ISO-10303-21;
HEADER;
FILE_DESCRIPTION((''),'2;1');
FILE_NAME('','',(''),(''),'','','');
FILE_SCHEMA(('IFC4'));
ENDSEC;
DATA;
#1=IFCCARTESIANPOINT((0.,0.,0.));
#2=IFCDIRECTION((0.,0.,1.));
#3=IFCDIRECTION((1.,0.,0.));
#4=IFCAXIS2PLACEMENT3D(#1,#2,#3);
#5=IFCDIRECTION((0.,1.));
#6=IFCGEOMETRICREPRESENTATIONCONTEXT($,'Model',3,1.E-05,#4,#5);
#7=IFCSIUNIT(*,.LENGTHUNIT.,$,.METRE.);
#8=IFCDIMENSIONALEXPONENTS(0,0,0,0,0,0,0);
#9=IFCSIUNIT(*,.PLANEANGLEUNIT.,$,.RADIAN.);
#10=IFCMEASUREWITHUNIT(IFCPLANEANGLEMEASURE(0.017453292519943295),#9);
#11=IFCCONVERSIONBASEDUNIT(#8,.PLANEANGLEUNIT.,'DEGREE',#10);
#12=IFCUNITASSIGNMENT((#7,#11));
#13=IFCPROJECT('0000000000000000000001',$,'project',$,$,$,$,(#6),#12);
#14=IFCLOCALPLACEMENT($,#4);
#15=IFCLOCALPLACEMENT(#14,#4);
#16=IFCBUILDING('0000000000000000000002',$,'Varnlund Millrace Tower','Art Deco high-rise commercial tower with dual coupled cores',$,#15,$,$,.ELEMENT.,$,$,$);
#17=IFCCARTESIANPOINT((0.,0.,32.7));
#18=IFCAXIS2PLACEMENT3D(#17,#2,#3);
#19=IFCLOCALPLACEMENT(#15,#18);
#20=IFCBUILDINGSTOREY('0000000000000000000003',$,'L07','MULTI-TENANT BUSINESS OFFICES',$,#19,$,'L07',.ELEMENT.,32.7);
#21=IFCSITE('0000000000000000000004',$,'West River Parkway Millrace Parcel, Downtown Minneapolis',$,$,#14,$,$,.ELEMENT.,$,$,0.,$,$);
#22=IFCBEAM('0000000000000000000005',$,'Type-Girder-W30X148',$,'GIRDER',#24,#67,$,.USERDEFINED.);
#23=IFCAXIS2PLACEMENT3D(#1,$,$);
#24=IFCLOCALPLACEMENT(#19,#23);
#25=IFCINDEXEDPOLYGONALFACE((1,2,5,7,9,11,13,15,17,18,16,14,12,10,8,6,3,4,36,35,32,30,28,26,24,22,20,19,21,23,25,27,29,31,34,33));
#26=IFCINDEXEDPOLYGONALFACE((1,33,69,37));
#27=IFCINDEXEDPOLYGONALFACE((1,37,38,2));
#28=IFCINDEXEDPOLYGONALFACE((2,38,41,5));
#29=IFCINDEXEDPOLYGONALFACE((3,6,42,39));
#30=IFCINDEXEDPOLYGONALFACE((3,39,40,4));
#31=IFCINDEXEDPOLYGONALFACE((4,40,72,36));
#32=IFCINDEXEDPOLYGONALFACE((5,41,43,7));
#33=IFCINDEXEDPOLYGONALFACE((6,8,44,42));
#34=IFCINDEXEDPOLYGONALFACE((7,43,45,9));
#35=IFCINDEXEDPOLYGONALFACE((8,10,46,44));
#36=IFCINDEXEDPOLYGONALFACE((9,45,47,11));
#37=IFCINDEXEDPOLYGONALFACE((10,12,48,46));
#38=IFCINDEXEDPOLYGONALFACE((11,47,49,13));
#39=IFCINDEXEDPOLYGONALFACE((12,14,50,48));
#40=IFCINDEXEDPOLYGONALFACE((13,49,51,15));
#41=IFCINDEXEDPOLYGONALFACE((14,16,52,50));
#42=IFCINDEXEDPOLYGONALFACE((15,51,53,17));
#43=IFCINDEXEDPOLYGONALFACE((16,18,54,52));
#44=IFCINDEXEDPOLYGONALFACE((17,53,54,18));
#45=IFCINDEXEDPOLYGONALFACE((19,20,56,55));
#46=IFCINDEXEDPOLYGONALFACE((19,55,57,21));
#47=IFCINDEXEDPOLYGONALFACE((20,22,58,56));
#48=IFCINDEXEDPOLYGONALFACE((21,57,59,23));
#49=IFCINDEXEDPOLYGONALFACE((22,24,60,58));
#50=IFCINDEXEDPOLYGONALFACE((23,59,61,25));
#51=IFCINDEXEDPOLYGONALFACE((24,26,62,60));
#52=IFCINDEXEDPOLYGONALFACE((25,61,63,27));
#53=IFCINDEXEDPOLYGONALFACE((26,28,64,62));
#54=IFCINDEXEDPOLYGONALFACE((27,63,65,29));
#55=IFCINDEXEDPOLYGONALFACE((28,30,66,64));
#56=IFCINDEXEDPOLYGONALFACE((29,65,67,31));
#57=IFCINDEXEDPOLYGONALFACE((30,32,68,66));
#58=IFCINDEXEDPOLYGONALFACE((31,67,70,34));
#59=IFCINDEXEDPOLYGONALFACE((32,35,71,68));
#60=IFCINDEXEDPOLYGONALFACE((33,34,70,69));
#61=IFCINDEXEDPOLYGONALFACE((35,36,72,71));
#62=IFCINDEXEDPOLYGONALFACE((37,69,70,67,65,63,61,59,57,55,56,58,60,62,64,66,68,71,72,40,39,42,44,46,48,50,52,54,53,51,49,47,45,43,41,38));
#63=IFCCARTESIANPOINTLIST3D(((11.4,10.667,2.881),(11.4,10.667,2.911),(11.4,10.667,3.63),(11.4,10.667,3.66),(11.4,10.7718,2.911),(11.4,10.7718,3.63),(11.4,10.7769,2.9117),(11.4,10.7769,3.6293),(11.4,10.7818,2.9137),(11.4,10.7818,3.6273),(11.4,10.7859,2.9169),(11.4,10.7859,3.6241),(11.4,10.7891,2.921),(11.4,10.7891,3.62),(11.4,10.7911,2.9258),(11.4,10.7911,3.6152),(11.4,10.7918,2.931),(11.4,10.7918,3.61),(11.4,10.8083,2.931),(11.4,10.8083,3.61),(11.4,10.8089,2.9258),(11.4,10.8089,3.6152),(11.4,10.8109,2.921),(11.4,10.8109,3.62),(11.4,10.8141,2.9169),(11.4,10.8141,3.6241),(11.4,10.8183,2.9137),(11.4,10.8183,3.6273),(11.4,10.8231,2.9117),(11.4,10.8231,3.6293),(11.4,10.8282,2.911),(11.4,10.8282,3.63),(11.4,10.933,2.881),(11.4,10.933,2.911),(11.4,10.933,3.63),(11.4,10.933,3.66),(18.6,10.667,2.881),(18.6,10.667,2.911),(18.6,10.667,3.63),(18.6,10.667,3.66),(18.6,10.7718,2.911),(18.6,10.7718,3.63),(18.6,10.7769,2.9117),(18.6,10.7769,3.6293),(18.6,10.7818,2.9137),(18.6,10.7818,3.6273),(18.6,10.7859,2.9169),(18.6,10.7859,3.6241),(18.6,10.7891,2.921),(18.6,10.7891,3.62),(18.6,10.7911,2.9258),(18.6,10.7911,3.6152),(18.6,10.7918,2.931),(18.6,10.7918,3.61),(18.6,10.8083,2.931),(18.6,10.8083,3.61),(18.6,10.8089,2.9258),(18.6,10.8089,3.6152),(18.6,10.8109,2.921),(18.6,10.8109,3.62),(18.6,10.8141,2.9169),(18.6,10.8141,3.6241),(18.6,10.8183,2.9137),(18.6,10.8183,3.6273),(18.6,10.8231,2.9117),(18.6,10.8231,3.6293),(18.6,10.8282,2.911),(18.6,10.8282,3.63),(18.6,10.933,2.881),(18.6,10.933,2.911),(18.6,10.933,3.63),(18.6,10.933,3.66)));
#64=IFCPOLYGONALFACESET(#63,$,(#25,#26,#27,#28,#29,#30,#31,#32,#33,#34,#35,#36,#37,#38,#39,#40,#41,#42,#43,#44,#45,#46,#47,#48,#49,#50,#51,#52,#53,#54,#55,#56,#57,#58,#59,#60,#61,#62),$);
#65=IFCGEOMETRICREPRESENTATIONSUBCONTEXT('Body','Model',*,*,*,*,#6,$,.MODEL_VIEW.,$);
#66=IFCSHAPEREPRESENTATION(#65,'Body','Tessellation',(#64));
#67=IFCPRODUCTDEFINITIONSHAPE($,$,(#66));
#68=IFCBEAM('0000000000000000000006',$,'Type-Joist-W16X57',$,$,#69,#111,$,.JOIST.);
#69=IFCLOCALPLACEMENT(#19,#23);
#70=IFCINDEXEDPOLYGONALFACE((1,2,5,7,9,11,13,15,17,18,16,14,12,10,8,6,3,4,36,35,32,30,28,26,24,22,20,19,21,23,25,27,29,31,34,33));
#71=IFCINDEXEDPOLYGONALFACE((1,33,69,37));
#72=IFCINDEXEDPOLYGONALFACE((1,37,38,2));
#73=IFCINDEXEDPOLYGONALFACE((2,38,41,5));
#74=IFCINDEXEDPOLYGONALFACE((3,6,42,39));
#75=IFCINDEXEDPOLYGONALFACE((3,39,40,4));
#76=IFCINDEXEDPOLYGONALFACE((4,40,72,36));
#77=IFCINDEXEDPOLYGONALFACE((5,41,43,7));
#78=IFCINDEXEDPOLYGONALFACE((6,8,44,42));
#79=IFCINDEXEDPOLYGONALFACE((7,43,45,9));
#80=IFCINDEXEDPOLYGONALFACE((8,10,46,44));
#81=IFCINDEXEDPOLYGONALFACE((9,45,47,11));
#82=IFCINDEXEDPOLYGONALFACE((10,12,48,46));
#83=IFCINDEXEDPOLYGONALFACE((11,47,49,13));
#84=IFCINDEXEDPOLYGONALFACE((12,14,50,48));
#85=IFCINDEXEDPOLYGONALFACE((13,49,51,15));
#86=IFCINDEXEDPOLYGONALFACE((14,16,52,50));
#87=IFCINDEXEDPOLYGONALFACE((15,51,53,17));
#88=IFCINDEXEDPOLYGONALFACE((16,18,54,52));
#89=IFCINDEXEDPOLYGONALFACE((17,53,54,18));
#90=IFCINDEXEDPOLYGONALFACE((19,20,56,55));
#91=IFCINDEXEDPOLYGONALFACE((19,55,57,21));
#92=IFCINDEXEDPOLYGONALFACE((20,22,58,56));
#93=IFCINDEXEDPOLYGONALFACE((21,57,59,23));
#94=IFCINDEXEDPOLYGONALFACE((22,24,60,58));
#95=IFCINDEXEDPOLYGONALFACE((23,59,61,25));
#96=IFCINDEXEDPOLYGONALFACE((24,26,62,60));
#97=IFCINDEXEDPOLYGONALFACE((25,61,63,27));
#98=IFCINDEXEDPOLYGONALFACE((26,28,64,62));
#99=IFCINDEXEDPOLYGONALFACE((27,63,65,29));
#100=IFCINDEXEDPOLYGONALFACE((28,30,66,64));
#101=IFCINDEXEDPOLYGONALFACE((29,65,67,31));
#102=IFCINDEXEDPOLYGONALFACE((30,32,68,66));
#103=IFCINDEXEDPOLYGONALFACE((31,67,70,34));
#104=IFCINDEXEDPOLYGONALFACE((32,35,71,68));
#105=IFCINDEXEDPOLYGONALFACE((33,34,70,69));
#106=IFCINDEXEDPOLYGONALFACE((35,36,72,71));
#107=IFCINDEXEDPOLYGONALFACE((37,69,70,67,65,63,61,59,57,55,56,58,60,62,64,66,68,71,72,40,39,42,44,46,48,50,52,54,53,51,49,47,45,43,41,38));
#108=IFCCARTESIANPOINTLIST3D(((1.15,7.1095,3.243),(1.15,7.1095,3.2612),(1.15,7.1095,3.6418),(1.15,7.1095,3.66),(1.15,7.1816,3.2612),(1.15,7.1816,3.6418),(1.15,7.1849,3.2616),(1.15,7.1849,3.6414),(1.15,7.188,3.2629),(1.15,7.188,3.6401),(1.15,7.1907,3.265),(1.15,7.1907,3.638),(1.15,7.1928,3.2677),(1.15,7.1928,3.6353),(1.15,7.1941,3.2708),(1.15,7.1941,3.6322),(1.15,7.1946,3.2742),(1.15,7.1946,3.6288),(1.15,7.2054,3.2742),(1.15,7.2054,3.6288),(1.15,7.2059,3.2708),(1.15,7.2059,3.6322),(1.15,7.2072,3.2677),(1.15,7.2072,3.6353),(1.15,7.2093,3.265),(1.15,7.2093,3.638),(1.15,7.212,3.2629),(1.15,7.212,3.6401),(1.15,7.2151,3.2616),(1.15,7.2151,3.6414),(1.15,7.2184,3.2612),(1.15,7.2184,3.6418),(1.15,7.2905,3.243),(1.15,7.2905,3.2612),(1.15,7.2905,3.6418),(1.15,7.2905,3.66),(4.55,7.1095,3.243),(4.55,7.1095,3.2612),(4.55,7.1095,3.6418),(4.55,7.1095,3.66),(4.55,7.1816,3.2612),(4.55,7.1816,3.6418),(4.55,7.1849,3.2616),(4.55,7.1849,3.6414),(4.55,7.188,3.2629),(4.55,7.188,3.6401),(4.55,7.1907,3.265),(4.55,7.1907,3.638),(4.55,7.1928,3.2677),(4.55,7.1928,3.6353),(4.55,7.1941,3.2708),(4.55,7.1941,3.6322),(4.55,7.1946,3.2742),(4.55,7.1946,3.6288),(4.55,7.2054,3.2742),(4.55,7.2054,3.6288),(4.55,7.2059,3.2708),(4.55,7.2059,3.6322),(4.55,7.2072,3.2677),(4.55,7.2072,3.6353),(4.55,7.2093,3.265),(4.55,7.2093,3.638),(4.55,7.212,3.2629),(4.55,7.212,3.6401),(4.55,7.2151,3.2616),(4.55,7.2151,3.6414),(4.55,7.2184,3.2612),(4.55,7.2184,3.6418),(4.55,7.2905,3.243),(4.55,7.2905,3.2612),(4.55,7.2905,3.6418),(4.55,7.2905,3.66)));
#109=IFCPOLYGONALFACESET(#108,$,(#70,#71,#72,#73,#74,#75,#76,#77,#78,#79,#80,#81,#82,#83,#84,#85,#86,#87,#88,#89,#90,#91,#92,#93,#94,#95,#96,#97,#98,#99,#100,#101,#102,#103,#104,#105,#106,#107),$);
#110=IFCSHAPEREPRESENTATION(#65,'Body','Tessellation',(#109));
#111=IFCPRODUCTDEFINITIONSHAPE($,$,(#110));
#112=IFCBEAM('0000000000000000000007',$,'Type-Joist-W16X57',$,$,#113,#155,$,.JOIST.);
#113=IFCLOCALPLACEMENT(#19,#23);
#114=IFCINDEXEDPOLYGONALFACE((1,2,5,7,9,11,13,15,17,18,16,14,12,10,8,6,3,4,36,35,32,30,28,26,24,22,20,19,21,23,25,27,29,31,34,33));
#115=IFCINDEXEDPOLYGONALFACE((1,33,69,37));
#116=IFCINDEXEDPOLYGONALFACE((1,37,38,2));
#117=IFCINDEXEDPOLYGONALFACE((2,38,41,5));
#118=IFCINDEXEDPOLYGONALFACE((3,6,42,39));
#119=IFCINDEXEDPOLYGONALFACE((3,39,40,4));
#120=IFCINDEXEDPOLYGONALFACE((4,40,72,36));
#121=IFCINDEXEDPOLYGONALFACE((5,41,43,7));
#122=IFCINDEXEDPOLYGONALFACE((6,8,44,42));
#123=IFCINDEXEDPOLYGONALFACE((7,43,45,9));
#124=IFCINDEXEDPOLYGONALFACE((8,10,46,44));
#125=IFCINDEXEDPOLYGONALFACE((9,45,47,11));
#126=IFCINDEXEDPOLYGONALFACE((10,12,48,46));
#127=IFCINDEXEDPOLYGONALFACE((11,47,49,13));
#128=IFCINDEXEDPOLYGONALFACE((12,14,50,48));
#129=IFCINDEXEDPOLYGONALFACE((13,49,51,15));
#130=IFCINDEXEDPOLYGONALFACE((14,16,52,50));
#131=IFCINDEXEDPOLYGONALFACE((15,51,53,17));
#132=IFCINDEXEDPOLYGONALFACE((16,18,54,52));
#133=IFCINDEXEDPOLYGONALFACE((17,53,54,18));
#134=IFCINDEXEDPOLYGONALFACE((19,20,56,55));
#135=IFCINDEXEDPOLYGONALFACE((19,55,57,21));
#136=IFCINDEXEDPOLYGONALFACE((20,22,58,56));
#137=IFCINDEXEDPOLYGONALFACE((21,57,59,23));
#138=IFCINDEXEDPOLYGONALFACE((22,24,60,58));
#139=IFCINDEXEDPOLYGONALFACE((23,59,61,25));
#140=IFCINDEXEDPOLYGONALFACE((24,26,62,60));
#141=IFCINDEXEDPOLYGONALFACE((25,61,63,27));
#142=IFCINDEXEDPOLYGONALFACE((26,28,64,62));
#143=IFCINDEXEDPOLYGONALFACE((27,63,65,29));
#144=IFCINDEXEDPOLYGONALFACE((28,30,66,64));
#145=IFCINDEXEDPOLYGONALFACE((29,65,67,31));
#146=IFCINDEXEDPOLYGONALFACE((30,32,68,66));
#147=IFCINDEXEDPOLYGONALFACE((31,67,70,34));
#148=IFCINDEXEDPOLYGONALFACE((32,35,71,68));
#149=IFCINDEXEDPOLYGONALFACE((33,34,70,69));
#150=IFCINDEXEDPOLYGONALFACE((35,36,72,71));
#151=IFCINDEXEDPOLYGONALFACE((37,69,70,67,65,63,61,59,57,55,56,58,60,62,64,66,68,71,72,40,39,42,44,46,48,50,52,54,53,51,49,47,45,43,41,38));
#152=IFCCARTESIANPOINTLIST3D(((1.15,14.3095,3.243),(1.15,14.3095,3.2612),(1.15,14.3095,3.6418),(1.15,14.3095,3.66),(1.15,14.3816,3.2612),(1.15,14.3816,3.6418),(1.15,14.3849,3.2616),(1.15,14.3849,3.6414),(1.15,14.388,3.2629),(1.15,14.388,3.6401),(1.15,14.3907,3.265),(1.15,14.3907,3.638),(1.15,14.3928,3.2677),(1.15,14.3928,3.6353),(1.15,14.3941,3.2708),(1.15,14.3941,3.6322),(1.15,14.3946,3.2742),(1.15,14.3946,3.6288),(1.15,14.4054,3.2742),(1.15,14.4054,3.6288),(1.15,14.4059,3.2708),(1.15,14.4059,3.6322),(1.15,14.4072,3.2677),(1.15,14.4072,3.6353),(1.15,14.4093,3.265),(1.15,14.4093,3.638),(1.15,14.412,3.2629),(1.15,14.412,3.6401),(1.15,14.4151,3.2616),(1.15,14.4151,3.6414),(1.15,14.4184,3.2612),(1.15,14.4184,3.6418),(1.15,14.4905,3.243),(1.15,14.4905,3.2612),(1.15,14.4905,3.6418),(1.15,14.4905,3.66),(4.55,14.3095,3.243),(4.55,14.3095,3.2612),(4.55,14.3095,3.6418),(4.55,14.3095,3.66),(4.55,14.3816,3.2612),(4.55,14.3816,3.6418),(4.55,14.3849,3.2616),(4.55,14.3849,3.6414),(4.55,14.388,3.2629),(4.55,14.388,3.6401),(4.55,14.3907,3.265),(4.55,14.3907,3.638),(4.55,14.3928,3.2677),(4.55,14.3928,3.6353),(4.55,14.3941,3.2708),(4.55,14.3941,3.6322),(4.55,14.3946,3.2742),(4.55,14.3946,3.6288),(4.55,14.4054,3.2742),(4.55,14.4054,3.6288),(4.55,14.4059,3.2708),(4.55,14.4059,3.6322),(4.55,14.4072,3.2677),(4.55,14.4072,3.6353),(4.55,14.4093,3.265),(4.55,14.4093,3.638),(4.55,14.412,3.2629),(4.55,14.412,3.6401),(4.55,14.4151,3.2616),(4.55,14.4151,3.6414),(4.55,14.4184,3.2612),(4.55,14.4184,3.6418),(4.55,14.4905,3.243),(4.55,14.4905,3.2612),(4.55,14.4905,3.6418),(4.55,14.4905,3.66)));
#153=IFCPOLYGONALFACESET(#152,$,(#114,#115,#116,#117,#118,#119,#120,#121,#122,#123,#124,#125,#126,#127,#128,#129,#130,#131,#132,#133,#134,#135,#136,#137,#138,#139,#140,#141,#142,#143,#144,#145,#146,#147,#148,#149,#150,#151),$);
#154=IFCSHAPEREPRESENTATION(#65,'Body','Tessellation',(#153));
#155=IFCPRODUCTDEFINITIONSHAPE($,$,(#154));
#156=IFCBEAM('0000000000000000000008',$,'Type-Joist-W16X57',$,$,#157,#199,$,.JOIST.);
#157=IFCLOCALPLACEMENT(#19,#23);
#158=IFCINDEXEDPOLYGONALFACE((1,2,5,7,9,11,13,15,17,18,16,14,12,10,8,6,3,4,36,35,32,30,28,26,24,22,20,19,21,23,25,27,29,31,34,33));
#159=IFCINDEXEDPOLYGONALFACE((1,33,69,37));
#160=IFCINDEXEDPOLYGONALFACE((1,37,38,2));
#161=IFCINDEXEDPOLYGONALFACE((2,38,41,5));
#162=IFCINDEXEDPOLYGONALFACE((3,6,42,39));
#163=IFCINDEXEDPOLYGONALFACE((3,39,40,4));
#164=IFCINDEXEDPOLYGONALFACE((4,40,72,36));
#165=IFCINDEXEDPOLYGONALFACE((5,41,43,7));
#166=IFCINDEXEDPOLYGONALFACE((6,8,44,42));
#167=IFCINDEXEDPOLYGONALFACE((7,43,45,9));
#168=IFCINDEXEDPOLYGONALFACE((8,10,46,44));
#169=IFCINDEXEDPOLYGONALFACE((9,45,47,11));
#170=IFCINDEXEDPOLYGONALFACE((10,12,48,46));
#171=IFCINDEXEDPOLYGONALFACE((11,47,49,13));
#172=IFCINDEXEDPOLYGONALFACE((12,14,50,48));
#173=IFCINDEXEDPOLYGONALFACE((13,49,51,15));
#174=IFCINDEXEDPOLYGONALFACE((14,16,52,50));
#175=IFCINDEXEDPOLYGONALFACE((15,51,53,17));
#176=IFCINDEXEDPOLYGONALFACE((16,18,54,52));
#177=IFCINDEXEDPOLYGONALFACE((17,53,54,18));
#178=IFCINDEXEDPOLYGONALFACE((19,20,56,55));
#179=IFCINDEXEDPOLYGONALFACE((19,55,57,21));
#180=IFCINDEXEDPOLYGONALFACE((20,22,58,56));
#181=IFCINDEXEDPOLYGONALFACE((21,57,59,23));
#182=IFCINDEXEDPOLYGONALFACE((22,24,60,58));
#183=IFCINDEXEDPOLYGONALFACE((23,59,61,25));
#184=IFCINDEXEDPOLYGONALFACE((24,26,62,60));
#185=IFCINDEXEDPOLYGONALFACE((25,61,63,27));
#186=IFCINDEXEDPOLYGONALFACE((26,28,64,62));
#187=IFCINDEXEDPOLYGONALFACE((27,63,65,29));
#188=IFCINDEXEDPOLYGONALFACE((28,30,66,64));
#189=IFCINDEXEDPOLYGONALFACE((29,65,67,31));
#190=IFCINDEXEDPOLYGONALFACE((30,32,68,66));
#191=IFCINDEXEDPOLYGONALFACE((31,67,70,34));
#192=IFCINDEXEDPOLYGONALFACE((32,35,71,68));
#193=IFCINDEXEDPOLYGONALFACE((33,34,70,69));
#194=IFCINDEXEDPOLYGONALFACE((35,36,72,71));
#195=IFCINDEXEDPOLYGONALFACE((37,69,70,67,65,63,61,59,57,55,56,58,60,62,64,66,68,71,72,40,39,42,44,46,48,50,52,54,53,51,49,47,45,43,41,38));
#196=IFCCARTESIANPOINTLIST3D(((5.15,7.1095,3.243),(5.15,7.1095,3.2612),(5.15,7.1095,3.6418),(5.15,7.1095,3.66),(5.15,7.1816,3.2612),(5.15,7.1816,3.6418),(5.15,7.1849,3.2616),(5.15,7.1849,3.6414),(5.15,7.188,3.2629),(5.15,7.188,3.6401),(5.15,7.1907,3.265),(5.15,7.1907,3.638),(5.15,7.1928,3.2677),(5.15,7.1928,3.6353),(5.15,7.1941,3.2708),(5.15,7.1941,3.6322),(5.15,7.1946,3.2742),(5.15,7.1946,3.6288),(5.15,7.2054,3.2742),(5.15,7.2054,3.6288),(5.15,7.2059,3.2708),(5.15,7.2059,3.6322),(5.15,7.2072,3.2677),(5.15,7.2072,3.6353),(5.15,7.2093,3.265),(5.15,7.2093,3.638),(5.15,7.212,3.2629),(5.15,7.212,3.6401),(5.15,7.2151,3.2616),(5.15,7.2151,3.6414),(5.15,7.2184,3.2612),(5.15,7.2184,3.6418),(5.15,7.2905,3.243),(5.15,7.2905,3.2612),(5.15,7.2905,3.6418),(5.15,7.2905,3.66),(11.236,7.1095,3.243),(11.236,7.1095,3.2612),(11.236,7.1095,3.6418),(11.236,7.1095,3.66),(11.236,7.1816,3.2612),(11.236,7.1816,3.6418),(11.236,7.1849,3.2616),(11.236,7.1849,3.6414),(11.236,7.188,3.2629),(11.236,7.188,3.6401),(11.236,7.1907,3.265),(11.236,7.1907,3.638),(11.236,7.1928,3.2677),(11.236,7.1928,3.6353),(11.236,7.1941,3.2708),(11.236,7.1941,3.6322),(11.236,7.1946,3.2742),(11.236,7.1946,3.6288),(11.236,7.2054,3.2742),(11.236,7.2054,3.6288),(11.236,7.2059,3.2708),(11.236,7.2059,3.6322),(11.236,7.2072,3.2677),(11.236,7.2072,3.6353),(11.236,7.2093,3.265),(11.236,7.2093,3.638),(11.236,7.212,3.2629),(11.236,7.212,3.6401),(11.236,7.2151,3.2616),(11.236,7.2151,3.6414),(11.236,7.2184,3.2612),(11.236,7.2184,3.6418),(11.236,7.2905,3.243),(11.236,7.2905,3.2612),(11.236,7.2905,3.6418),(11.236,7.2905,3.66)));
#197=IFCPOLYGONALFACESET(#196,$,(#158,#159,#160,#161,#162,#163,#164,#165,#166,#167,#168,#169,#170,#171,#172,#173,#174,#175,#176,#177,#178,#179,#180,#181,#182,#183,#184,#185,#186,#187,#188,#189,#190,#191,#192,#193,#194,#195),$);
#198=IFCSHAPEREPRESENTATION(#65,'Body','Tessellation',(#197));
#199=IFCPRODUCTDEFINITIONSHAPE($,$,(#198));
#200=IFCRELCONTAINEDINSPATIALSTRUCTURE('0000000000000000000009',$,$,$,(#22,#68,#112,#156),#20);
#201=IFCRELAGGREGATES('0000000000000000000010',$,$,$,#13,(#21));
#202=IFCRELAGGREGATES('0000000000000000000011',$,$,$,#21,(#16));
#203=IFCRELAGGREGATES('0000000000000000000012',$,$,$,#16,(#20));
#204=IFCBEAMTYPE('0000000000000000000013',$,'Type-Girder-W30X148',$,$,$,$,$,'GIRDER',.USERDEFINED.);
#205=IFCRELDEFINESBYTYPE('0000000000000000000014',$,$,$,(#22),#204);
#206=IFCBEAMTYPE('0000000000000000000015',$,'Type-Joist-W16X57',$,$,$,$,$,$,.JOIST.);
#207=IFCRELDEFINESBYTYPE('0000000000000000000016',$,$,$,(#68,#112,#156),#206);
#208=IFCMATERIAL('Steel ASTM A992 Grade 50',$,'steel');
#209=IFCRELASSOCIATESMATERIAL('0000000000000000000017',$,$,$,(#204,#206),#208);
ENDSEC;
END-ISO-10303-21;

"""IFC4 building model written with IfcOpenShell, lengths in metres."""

from ifc_helpers import new_model, entity, si_unit, converted_unit, direction, frame, origin_with_axes, origin_2d_with_axis, place, context, subcontext, project, spatial, i_section, extrude, material, material_profile, profile_set, type_object, element, save


model = new_model("IFC4")

# Units and contexts
model_context = context("Model", 3, precision=1e-05, world=origin_with_axes(), true_north=direction((0.0, 1.0)))
body_context = subcontext(model_context, "Body", "Model", "MODEL_VIEW")
ifc_project = project(units=[si_unit("LENGTHUNIT", "METRE"), converted_unit("PLANEANGLEUNIT", "DEGREE", entity("IfcPlaneAngleMeasure", 0.017453292519943295), si_unit("PLANEANGLEUNIT", "RADIAN"), dimensions=[0, 0, 0, 0, 0, 0, 0])], contexts=[model_context])

# Site, building, storey
site_placement = place(None, origin_with_axes())
site = spatial("IfcSite", under=ifc_project, at=site_placement, Name="West River Parkway Millrace Parcel, Downtown Minneapolis", CompositionType="ELEMENT", RefElevation=0.0)
building_placement = place(site_placement, origin_with_axes())
building = spatial("IfcBuilding", under=site, at=building_placement, Name="Varnlund Millrace Tower", Description="Art Deco high-rise commercial tower with dual coupled cores", CompositionType="ELEMENT")
storey_placement = place(building_placement, frame((0.0, 0.0, 32.7), z_axis=(0.0, 0.0, 1.0), x_axis=(1.0, 0.0, 0.0)))
storey = spatial("IfcBuildingStorey", under=building, at=storey_placement, Name="L07", Description="MULTI-TENANT BUSINESS OFFICES", LongName="L07", CompositionType="ELEMENT", Elevation=32.7)

# Beams
ifc_material_1 = material(Name="Steel ASTM A992 Grade 50", Category="steel")
ifc_material_profile_1 = material_profile(ifc_material_1, i_section(OverallWidth=0.266, OverallDepth=0.779, WebThickness=0.0165, FlangeThickness=0.03, FilletRadius=0.02, at=origin_2d_with_axis()), Name="Steel ASTM A992 Grade 50")
ifc_profile_set_1 = profile_set([ifc_material_profile_1], Name="Steel ASTM A992 Grade 50")
beam_type_1 = type_object("IfcBeamType", Name="Type-Girder-W30X148", ElementType="GIRDER", PredefinedType="USERDEFINED", material=ifc_profile_set_1)
beam_1_placement = place(storey_placement, frame((11.4, 10.8, 3.2705), z_axis=(1.0, 0.0, 0.0), x_axis=(0.0, 1.0, 0.0)))
element("IfcBeam", 1, at=beam_1_placement, inside=storey, type_object=beam_type_1, Name="Type-Girder-W30X148", ObjectType="GIRDER", PredefinedType="USERDEFINED", context=body_context, shape_type="SweptSolid", body=[
    extrude(i_section(OverallWidth=0.266, OverallDepth=0.779, WebThickness=0.0165, FlangeThickness=0.03, FilletRadius=0.02, at=origin_2d_with_axis()), origin_with_axes(), (0.0, 0.0, 1.0), 7.2),
])
ifc_material_profile_2 = material_profile(ifc_material_1, i_section(OverallWidth=0.181, OverallDepth=0.417, WebThickness=0.0109, FlangeThickness=0.0182, FilletRadius=0.013, at=origin_2d_with_axis()), Name="Steel ASTM A992 Grade 50")
ifc_profile_set_2 = profile_set([ifc_material_profile_2], Name="Steel ASTM A992 Grade 50")
beam_type_2 = type_object("IfcBeamType", Name="Type-Joist-W16X57", PredefinedType="JOIST", material=ifc_profile_set_2)
for number, where, z_axis, x_axis, name in (
    (2, (1.15, 7.2, 3.4515), (1.0, 0.0, 0.0), (0.0, 1.0, 0.0), "Type-Joist-W16X57"),
    (3, (1.15, 14.4, 3.4515), (1.0, 0.0, 0.0), (0.0, 1.0, 0.0), "Type-Joist-W16X57"),
):
    element("IfcBeam", number, at=place(storey_placement, frame(where, z_axis=z_axis, x_axis=x_axis)), inside=storey, type_object=beam_type_2, Name=name, PredefinedType="JOIST", context=body_context, shape_type="SweptSolid", body=[
        extrude(i_section(OverallWidth=0.181, OverallDepth=0.417, WebThickness=0.0109, FlangeThickness=0.0182, FilletRadius=0.013, at=origin_2d_with_axis()), origin_with_axes(), (0.0, 0.0, 1.0), 3.4),
    ])
for number, where, z_axis, x_axis, name in (
    (4, (5.15, 7.2, 3.4515), (1.0, 0.0, 0.0), (0.0, 1.0, 0.0), "Type-Joist-W16X57"),
):
    element("IfcBeam", number, at=place(storey_placement, frame(where, z_axis=z_axis, x_axis=x_axis)), inside=storey, type_object=beam_type_2, Name=name, PredefinedType="JOIST", context=body_context, shape_type="SweptSolid", body=[
        extrude(i_section(OverallWidth=0.181, OverallDepth=0.417, WebThickness=0.0109, FlangeThickness=0.0182, FilletRadius=0.013, at=origin_2d_with_axis()), origin_with_axes(), (0.0, 0.0, 1.0), 6.086),
    ])

save(model, "model.ifc")
